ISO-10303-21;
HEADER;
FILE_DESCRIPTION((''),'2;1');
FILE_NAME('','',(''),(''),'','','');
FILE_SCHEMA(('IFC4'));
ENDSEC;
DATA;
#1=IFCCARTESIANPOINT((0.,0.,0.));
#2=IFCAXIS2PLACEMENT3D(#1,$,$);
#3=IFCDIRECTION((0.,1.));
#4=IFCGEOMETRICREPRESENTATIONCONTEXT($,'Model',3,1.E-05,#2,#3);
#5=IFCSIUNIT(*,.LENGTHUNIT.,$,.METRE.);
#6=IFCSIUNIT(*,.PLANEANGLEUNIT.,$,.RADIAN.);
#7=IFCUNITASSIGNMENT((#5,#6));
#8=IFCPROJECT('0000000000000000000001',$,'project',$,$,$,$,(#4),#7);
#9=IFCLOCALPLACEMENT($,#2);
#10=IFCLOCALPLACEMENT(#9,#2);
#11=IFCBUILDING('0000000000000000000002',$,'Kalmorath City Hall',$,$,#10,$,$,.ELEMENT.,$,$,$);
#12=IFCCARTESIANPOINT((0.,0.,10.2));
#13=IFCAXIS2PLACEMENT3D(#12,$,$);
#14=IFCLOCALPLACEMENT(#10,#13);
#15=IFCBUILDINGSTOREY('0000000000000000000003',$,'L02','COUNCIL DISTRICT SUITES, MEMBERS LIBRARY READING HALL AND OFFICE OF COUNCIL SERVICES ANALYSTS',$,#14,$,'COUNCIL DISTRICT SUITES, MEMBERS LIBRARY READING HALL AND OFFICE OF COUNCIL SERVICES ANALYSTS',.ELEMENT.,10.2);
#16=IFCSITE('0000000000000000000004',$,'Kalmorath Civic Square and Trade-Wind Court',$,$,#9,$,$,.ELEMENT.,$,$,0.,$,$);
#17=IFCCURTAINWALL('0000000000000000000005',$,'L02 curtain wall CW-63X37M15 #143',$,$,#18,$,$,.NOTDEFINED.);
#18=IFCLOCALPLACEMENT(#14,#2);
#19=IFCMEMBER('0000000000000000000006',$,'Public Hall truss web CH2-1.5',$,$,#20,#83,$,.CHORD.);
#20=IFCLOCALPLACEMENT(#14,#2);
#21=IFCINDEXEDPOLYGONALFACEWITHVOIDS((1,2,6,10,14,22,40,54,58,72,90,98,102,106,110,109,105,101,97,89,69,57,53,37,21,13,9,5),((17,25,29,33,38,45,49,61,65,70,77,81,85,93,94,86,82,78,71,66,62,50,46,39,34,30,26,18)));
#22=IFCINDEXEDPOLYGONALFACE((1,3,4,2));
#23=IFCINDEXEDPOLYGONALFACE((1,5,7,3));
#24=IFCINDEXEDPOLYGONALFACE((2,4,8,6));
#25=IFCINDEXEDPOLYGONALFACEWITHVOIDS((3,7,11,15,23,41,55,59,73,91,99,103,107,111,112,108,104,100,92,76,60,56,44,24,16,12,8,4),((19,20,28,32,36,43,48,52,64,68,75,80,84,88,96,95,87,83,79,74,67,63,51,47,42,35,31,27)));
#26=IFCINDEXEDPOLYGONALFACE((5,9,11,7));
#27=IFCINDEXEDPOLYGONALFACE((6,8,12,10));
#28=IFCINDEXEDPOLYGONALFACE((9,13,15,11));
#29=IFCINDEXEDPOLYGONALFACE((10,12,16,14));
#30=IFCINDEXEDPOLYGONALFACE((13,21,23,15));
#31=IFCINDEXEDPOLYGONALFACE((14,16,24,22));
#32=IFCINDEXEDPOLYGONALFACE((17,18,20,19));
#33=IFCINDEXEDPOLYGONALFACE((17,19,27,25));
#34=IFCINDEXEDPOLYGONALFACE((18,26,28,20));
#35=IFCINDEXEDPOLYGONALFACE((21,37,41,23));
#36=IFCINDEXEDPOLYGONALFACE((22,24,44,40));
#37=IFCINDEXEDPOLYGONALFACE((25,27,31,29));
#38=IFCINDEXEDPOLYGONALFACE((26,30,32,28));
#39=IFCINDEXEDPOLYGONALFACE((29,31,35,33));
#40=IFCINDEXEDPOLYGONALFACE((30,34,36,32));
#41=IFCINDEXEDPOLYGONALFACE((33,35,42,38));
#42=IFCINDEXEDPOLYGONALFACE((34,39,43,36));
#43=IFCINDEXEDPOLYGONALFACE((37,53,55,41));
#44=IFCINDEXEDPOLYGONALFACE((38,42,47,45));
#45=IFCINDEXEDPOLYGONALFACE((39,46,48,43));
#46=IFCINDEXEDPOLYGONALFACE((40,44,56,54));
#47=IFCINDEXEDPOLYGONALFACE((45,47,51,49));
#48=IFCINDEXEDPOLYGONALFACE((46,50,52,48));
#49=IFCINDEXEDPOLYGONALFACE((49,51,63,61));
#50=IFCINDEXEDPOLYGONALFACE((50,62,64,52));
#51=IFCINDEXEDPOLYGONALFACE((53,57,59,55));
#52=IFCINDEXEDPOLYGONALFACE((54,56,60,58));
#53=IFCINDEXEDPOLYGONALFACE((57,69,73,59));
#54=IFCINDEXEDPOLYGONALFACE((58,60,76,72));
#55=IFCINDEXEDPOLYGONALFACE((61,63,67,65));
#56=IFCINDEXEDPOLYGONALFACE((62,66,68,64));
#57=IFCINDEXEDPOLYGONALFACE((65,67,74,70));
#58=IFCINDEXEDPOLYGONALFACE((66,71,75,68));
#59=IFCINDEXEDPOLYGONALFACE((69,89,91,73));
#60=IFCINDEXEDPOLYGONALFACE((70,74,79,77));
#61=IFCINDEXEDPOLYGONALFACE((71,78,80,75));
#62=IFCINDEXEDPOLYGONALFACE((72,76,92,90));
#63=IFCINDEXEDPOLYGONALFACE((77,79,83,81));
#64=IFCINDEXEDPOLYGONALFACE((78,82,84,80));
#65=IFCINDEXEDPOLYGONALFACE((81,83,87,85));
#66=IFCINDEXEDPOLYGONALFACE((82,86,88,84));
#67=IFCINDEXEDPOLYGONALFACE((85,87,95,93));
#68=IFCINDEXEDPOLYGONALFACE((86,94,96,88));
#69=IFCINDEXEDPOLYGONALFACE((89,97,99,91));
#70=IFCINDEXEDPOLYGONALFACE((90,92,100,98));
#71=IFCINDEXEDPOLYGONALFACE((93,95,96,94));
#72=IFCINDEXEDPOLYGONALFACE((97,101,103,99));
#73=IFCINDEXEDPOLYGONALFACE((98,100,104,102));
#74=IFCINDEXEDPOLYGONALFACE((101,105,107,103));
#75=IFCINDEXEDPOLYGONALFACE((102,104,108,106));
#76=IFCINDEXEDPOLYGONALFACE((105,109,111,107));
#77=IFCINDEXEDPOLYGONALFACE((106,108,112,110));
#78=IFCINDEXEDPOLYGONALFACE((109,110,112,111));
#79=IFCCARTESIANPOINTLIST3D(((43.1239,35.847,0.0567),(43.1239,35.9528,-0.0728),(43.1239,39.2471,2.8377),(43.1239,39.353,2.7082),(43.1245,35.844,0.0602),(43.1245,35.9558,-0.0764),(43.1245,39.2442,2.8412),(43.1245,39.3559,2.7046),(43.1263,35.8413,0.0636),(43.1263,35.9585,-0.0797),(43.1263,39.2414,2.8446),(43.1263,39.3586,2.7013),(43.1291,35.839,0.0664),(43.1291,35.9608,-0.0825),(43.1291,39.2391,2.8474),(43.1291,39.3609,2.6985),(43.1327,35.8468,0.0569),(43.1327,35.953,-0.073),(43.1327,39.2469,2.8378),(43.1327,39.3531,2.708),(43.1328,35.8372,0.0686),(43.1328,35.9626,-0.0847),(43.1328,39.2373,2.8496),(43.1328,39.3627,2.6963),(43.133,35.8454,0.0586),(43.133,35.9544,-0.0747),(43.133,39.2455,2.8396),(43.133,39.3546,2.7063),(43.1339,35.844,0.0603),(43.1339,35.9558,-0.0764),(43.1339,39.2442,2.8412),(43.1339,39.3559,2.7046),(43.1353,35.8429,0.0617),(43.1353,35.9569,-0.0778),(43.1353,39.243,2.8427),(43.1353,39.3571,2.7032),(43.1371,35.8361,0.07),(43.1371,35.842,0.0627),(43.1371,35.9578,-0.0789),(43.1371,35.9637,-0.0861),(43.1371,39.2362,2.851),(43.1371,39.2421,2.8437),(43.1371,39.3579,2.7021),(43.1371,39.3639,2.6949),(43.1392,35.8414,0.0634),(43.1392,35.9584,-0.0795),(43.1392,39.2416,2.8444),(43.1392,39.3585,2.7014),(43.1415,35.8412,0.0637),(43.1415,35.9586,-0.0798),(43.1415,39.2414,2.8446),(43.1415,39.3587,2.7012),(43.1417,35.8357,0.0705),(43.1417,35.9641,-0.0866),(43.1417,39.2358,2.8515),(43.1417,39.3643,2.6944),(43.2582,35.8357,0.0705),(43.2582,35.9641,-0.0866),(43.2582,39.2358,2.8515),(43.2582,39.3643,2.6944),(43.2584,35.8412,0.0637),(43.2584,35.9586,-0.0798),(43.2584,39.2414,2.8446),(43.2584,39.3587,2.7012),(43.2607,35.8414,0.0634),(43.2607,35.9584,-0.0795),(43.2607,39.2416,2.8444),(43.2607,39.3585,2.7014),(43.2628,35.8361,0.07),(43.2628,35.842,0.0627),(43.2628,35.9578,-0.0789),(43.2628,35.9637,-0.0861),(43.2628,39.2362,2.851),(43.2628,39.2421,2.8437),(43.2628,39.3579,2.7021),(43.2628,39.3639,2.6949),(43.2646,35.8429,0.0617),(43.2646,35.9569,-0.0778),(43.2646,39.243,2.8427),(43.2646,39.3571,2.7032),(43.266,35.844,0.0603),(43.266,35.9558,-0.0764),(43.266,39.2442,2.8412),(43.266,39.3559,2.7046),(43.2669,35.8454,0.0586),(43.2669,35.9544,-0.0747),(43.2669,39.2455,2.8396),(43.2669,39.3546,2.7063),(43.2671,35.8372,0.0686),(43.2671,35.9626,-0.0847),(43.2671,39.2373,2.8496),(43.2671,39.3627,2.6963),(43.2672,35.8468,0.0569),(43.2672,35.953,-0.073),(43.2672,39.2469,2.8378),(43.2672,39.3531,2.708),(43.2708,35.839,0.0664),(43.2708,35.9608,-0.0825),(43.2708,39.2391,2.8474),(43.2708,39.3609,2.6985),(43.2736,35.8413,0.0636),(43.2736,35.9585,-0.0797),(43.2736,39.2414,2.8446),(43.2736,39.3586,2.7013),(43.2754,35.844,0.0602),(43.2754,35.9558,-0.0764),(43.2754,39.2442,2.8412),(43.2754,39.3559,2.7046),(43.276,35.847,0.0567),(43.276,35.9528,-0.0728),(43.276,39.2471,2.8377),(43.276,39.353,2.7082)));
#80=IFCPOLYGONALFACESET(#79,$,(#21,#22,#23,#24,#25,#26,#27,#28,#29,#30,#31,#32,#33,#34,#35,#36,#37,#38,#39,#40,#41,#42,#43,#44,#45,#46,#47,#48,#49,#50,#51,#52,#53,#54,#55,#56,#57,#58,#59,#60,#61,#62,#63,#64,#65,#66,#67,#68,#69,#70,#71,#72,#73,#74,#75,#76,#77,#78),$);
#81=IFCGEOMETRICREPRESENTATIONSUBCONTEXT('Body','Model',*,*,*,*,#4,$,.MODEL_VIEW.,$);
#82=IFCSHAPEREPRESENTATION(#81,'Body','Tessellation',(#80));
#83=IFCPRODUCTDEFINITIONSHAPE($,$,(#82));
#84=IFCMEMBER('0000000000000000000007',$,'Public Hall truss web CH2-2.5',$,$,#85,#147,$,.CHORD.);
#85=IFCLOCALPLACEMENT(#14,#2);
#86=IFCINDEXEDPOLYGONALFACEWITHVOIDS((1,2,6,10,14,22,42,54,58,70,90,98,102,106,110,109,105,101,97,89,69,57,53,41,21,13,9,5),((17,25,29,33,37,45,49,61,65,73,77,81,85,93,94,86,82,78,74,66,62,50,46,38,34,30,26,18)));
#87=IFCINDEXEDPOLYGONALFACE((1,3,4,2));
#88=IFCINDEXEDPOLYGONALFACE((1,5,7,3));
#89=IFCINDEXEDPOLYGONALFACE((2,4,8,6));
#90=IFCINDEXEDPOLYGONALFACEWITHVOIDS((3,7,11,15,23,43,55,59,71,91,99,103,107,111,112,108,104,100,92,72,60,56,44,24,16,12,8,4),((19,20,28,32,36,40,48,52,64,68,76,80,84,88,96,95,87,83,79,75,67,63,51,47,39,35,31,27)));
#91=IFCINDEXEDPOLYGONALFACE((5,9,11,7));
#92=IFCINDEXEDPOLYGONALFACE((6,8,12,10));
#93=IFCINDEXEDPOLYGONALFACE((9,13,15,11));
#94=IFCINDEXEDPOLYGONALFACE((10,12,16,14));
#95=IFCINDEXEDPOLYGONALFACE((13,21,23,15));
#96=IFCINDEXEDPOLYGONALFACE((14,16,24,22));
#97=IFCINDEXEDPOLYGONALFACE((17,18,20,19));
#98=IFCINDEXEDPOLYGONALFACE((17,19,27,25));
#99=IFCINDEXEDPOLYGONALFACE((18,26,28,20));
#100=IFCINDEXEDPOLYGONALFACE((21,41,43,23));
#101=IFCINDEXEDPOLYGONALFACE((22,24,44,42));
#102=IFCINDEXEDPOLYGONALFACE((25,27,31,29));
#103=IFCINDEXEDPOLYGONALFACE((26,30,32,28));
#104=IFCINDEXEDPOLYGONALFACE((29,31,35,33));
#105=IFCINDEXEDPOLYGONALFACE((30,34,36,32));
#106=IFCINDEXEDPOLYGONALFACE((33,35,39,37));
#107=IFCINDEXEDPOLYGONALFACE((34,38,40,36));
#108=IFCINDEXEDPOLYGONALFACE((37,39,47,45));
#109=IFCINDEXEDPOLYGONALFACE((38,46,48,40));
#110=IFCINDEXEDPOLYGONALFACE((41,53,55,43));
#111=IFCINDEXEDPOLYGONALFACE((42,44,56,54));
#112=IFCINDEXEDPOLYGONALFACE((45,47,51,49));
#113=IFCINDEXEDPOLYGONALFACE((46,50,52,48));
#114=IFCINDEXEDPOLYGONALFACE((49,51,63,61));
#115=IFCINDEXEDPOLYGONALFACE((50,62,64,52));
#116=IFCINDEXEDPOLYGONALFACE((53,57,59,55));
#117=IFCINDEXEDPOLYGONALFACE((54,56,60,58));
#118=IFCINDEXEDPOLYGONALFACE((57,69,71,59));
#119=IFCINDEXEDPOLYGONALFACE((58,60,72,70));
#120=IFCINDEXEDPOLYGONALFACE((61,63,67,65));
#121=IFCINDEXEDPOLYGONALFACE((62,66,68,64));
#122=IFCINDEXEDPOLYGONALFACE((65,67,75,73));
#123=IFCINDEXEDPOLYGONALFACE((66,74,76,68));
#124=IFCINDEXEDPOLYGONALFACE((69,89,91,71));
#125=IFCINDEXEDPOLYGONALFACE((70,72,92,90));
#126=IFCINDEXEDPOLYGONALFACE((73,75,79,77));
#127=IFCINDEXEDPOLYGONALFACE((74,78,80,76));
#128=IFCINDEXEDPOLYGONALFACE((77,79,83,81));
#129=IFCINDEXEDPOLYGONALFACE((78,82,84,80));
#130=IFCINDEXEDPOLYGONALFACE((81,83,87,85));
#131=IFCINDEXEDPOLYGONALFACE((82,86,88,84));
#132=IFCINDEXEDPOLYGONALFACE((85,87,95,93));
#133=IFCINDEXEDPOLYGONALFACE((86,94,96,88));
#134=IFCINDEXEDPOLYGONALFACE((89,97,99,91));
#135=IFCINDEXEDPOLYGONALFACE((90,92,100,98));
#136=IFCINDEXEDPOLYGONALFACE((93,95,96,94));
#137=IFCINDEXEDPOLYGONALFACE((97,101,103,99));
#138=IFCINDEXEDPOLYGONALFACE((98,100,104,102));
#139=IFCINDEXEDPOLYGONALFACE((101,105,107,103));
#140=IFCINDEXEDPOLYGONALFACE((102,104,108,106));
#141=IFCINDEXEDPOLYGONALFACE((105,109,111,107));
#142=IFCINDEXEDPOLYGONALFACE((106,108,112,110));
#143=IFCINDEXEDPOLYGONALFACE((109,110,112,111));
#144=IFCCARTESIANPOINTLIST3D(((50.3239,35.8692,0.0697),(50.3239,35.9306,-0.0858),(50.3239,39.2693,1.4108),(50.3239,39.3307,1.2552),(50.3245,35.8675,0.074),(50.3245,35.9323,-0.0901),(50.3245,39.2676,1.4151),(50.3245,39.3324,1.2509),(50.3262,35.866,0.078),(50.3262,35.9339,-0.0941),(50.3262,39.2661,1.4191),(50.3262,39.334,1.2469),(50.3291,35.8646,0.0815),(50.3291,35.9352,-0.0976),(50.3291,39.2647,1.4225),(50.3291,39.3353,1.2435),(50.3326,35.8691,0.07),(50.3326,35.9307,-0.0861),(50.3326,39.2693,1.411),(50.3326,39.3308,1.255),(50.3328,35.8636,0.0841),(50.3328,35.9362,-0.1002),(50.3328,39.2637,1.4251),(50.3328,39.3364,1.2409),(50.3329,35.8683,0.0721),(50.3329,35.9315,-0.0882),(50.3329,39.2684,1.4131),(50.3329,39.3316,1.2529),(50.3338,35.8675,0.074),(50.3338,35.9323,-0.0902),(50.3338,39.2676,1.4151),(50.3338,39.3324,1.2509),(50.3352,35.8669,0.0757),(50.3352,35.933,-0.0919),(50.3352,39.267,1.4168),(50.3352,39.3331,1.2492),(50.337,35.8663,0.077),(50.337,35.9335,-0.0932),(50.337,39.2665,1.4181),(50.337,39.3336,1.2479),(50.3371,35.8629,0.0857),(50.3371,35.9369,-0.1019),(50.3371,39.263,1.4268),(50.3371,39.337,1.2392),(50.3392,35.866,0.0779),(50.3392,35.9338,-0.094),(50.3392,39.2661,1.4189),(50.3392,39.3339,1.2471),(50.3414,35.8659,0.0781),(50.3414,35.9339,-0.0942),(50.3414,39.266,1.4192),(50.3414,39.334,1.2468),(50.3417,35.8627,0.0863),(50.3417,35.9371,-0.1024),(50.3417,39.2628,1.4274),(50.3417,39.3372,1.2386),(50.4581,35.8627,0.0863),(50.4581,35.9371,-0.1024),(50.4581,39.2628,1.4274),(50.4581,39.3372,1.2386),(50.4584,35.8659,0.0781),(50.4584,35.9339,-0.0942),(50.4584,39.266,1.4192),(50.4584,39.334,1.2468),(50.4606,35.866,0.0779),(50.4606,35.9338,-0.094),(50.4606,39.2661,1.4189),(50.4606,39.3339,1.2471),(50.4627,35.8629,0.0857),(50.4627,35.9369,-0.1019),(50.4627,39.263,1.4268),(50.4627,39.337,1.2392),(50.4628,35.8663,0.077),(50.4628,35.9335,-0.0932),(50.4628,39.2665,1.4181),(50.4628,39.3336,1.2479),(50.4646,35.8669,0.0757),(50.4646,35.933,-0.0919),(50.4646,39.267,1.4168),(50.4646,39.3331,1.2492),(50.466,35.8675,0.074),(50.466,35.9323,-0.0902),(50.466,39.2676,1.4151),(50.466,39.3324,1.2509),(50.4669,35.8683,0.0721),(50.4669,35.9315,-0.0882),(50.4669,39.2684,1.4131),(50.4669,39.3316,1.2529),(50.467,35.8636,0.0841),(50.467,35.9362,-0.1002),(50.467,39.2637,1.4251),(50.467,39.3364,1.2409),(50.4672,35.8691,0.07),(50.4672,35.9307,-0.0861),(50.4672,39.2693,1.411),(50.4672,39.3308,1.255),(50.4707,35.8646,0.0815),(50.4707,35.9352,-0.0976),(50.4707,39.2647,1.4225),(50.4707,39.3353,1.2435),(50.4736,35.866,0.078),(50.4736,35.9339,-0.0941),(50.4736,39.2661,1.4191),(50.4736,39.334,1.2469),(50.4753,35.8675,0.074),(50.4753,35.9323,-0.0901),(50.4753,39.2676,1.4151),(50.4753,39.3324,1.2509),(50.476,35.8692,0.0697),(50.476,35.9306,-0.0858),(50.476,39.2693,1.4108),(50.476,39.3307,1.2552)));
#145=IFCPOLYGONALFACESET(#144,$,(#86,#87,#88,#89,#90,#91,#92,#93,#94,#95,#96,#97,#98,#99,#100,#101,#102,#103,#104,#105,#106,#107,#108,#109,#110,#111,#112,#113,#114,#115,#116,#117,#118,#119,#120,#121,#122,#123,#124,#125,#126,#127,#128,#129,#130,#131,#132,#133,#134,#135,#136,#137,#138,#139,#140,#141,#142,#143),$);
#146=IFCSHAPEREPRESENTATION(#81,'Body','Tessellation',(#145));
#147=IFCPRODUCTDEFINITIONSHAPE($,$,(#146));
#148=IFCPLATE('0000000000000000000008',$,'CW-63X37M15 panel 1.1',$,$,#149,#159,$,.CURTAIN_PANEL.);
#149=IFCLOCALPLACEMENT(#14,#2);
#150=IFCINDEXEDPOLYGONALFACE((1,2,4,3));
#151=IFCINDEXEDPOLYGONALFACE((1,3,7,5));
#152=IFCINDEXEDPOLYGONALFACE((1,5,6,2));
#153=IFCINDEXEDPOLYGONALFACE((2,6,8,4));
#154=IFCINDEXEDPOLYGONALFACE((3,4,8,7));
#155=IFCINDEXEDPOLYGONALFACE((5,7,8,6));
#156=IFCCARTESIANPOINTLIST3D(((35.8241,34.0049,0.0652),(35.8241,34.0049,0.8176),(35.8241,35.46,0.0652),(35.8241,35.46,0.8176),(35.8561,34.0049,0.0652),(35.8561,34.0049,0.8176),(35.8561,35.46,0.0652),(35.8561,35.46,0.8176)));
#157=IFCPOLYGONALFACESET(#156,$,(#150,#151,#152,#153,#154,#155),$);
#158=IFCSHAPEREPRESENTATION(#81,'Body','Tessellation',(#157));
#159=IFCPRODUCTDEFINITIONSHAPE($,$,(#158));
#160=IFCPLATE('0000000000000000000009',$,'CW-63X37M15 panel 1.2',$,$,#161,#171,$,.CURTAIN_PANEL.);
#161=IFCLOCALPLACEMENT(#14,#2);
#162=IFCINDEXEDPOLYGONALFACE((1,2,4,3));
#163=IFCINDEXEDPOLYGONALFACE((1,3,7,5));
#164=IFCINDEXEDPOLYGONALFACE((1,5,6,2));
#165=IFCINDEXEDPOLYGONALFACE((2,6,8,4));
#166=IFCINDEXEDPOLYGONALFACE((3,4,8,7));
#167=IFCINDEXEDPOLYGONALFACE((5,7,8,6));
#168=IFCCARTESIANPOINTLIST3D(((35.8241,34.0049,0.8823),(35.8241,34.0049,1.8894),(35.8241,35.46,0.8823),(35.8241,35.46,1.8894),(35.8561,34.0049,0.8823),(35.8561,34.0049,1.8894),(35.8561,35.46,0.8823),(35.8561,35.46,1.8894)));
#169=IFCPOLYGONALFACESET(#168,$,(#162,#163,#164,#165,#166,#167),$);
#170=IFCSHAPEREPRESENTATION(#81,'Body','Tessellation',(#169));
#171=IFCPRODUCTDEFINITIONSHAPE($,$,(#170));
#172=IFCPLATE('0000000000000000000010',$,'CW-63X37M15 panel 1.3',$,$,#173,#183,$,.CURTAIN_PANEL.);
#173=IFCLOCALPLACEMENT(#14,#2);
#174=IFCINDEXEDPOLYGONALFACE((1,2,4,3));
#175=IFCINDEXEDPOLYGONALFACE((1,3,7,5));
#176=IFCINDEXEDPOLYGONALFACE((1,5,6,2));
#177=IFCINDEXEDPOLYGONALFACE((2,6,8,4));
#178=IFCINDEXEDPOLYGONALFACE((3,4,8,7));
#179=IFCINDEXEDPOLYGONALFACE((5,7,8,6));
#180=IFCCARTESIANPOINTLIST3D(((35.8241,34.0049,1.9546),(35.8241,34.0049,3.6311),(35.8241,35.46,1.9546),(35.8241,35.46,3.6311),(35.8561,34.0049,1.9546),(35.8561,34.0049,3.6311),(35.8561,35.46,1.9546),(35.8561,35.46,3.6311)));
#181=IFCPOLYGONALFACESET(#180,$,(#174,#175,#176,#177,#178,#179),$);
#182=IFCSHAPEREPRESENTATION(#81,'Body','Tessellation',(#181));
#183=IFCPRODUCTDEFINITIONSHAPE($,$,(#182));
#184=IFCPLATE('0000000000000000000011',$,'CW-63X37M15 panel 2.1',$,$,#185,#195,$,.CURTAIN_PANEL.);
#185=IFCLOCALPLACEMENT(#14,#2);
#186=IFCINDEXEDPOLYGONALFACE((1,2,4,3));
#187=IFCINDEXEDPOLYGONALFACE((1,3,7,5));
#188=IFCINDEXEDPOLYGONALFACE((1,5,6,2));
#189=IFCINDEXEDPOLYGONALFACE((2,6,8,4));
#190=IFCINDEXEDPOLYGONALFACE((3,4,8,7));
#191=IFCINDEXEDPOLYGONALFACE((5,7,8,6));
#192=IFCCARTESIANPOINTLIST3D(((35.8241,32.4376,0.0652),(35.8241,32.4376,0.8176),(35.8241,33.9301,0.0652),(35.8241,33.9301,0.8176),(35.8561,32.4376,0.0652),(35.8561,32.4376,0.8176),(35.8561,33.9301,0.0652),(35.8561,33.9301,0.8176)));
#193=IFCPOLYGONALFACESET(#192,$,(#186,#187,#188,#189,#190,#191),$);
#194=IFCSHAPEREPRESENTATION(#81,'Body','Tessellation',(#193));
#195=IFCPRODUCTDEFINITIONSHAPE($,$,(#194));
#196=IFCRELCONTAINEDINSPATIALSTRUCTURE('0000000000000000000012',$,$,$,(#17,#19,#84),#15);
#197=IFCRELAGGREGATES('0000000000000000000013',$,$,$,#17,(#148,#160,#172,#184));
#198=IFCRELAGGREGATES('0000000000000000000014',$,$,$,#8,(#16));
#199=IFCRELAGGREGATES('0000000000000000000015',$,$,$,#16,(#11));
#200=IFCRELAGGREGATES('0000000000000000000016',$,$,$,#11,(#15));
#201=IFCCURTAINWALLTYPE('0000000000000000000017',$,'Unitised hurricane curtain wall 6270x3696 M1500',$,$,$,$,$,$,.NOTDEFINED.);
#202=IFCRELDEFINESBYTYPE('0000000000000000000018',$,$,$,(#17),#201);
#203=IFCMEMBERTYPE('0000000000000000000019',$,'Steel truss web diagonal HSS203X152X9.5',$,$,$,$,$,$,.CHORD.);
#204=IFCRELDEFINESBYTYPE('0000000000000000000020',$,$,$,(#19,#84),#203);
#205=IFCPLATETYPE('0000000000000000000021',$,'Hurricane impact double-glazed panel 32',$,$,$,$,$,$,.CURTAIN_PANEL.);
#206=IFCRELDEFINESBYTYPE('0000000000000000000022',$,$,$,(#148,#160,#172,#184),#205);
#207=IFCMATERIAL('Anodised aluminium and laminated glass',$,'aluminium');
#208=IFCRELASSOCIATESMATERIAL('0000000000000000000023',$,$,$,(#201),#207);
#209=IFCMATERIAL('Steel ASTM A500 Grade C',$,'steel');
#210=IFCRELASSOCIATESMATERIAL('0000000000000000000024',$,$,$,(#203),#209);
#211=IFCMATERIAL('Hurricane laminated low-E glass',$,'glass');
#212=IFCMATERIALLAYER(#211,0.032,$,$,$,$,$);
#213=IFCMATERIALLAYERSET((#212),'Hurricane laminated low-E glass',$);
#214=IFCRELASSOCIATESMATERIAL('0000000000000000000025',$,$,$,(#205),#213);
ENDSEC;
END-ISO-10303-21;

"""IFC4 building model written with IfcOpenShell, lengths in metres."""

from ifc_helpers import new_model, si_unit, direction, frame, origin, origin_2d, place, context, subcontext, project, spatial, rectangle, hollow_rectangle, extrude, material, layer, layer_set, material_profile, profile_set, type_object, element, aggregate, save


model = new_model("IFC4")

# Units and contexts
model_context = context("Model", 3, precision=1e-05, world=origin(), true_north=direction((0.0, 1.0)))
body_context = subcontext(model_context, "Body", "Model", "MODEL_VIEW")
ifc_project = project(units=[si_unit("LENGTHUNIT", "METRE"), si_unit("PLANEANGLEUNIT", "RADIAN")], contexts=[model_context])

# Site, building, storey
site_placement = place(None, origin())
site = spatial("IfcSite", under=ifc_project, at=site_placement, Name="Kalmorath Civic Square and Trade-Wind Court", CompositionType="ELEMENT", RefElevation=0.0)
building_placement = place(site_placement, origin())
building = spatial("IfcBuilding", under=site, at=building_placement, Name="Kalmorath City Hall", CompositionType="ELEMENT")
storey_placement = place(building_placement, frame((0.0, 0.0, 10.2)))
storey = spatial("IfcBuildingStorey", under=building, at=storey_placement, Name="L02", Description="COUNCIL DISTRICT SUITES, MEMBERS LIBRARY READING HALL AND OFFICE OF COUNCIL SERVICES ANALYSTS", LongName="COUNCIL DISTRICT SUITES, MEMBERS LIBRARY READING HALL AND OFFICE OF COUNCIL SERVICES ANALYSTS", CompositionType="ELEMENT", Elevation=10.2)

# Curtain wall
ifc_material_1 = material(Name="Anodised aluminium and laminated glass", Category="aluminium")
curtain_wall_type = type_object("IfcCurtainWallType", Name="Unitised hurricane curtain wall 6270x3696 M1500", PredefinedType="NOTDEFINED", material=ifc_material_1)
curtain_wall_placement = place(storey_placement, origin())
curtain_wall = element("IfcCurtainWall", 1, at=curtain_wall_placement, inside=storey, type_object=curtain_wall_type, Name="L02 curtain wall CW-63X37M15 #143", PredefinedType="NOTDEFINED")

# Members
ifc_material_2 = material(Name="Steel ASTM A500 Grade C", Category="steel")
ifc_material_profile_1 = material_profile(ifc_material_2, hollow_rectangle(XDim=0.1521, YDim=0.2029, WallThickness=0.0088, InnerFilletRadius=0.0088, OuterFilletRadius=0.0178, at=origin_2d()), Name="HSS203X152X9.5")
ifc_profile_set_1 = profile_set([ifc_material_profile_1], Name="Steel ASTM A500 Grade C")
member_type_1 = type_object("IfcMemberType", Name="Steel truss web diagonal HSS203X152X9.5", PredefinedType="CHORD", material=ifc_profile_set_1)
member_1_placement = place(storey_placement, frame((43.2, 35.8999, -0.0081), z_axis=(0.0, 0.774061, 0.633111), x_axis=(-1.0, 0.0, 0.0)))
element("IfcMember", 2, at=member_1_placement, inside=storey, type_object=member_type_1, Name="Public Hall truss web CH2-1.5", PredefinedType="CHORD", context=body_context, shape_type="SweptSolid", body=[
    extrude(hollow_rectangle(XDim=0.1521, YDim=0.2029, WallThickness=0.0088, InnerFilletRadius=0.0088, OuterFilletRadius=0.0178, at=origin_2d()), origin(), (0.0, 0.0, 1.0), 4.3926),
])
member_2_placement = place(storey_placement, frame((50.3999, 35.8999, -0.0081), z_axis=(0.0, 0.930258, 0.366906), x_axis=(-1.0, 0.0, 0.0)))
element("IfcMember", 3, at=member_2_placement, inside=storey, type_object=member_type_1, Name="Public Hall truss web CH2-2.5", PredefinedType="CHORD", context=body_context, shape_type="SweptSolid", body=[
    extrude(hollow_rectangle(XDim=0.1521, YDim=0.2029, WallThickness=0.0088, InnerFilletRadius=0.0088, OuterFilletRadius=0.0178, at=origin_2d()), origin(), (0.0, 0.0, 1.0), 3.655),
])

# Plates
ifc_material_3 = material(Name="Hurricane laminated low-E glass", Category="glass")
ifc_layer_1 = layer(ifc_material_3, 0.032)
ifc_layer_set_1 = layer_set([ifc_layer_1], Name="Hurricane laminated low-E glass")
plate_type_1 = type_object("IfcPlateType", Name="Hurricane impact double-glazed panel 32", PredefinedType="CURTAIN_PANEL", material=ifc_layer_set_1)
plate_1_placement = place(storey_placement, frame((35.8401, 34.7324, 0.0652), z_axis=(0.0, 0.0, 1.0), x_axis=(0.0, -1.0, 0.0)))
plate_1 = element("IfcPlate", 4, at=plate_1_placement, type_object=plate_type_1, Name="CW-63X37M15 panel 1.1", PredefinedType="CURTAIN_PANEL", context=body_context, shape_type="SweptSolid", body=[
    extrude(rectangle(XDim=1.4551, YDim=0.032, at=origin_2d()), origin(), (0.0, 0.0, 1.0), 0.7524),
])
plate_2_placement = place(storey_placement, frame((35.8401, 34.7324, 0.8823), z_axis=(0.0, 0.0, 1.0), x_axis=(0.0, -1.0, 0.0)))
plate_2 = element("IfcPlate", 5, at=plate_2_placement, type_object=plate_type_1, Name="CW-63X37M15 panel 1.2", PredefinedType="CURTAIN_PANEL", context=body_context, shape_type="SweptSolid", body=[
    extrude(rectangle(XDim=1.4551, YDim=0.032, at=origin_2d()), origin(), (0.0, 0.0, 1.0), 1.0071),
])
plate_3_placement = place(storey_placement, frame((35.8401, 34.7324, 1.9546), z_axis=(0.0, 0.0, 1.0), x_axis=(0.0, -1.0, 0.0)))
plate_3 = element("IfcPlate", 6, at=plate_3_placement, type_object=plate_type_1, Name="CW-63X37M15 panel 1.3", PredefinedType="CURTAIN_PANEL", context=body_context, shape_type="SweptSolid", body=[
    extrude(rectangle(XDim=1.4551, YDim=0.032, at=origin_2d()), origin(), (0.0, 0.0, 1.0), 1.6765),
])
plate_4_placement = place(storey_placement, frame((35.8401, 33.1838, 0.0652), z_axis=(0.0, 0.0, 1.0), x_axis=(0.0, -1.0, 0.0)))
plate_4 = element("IfcPlate", 7, at=plate_4_placement, type_object=plate_type_1, Name="CW-63X37M15 panel 2.1", PredefinedType="CURTAIN_PANEL", context=body_context, shape_type="SweptSolid", body=[
    extrude(rectangle(XDim=1.4924, YDim=0.032, at=origin_2d()), origin(), (0.0, 0.0, 1.0), 0.7524),
])
aggregate(curtain_wall, [plate_1, plate_2, plate_3, plate_4])

save(model, "model.ifc")
